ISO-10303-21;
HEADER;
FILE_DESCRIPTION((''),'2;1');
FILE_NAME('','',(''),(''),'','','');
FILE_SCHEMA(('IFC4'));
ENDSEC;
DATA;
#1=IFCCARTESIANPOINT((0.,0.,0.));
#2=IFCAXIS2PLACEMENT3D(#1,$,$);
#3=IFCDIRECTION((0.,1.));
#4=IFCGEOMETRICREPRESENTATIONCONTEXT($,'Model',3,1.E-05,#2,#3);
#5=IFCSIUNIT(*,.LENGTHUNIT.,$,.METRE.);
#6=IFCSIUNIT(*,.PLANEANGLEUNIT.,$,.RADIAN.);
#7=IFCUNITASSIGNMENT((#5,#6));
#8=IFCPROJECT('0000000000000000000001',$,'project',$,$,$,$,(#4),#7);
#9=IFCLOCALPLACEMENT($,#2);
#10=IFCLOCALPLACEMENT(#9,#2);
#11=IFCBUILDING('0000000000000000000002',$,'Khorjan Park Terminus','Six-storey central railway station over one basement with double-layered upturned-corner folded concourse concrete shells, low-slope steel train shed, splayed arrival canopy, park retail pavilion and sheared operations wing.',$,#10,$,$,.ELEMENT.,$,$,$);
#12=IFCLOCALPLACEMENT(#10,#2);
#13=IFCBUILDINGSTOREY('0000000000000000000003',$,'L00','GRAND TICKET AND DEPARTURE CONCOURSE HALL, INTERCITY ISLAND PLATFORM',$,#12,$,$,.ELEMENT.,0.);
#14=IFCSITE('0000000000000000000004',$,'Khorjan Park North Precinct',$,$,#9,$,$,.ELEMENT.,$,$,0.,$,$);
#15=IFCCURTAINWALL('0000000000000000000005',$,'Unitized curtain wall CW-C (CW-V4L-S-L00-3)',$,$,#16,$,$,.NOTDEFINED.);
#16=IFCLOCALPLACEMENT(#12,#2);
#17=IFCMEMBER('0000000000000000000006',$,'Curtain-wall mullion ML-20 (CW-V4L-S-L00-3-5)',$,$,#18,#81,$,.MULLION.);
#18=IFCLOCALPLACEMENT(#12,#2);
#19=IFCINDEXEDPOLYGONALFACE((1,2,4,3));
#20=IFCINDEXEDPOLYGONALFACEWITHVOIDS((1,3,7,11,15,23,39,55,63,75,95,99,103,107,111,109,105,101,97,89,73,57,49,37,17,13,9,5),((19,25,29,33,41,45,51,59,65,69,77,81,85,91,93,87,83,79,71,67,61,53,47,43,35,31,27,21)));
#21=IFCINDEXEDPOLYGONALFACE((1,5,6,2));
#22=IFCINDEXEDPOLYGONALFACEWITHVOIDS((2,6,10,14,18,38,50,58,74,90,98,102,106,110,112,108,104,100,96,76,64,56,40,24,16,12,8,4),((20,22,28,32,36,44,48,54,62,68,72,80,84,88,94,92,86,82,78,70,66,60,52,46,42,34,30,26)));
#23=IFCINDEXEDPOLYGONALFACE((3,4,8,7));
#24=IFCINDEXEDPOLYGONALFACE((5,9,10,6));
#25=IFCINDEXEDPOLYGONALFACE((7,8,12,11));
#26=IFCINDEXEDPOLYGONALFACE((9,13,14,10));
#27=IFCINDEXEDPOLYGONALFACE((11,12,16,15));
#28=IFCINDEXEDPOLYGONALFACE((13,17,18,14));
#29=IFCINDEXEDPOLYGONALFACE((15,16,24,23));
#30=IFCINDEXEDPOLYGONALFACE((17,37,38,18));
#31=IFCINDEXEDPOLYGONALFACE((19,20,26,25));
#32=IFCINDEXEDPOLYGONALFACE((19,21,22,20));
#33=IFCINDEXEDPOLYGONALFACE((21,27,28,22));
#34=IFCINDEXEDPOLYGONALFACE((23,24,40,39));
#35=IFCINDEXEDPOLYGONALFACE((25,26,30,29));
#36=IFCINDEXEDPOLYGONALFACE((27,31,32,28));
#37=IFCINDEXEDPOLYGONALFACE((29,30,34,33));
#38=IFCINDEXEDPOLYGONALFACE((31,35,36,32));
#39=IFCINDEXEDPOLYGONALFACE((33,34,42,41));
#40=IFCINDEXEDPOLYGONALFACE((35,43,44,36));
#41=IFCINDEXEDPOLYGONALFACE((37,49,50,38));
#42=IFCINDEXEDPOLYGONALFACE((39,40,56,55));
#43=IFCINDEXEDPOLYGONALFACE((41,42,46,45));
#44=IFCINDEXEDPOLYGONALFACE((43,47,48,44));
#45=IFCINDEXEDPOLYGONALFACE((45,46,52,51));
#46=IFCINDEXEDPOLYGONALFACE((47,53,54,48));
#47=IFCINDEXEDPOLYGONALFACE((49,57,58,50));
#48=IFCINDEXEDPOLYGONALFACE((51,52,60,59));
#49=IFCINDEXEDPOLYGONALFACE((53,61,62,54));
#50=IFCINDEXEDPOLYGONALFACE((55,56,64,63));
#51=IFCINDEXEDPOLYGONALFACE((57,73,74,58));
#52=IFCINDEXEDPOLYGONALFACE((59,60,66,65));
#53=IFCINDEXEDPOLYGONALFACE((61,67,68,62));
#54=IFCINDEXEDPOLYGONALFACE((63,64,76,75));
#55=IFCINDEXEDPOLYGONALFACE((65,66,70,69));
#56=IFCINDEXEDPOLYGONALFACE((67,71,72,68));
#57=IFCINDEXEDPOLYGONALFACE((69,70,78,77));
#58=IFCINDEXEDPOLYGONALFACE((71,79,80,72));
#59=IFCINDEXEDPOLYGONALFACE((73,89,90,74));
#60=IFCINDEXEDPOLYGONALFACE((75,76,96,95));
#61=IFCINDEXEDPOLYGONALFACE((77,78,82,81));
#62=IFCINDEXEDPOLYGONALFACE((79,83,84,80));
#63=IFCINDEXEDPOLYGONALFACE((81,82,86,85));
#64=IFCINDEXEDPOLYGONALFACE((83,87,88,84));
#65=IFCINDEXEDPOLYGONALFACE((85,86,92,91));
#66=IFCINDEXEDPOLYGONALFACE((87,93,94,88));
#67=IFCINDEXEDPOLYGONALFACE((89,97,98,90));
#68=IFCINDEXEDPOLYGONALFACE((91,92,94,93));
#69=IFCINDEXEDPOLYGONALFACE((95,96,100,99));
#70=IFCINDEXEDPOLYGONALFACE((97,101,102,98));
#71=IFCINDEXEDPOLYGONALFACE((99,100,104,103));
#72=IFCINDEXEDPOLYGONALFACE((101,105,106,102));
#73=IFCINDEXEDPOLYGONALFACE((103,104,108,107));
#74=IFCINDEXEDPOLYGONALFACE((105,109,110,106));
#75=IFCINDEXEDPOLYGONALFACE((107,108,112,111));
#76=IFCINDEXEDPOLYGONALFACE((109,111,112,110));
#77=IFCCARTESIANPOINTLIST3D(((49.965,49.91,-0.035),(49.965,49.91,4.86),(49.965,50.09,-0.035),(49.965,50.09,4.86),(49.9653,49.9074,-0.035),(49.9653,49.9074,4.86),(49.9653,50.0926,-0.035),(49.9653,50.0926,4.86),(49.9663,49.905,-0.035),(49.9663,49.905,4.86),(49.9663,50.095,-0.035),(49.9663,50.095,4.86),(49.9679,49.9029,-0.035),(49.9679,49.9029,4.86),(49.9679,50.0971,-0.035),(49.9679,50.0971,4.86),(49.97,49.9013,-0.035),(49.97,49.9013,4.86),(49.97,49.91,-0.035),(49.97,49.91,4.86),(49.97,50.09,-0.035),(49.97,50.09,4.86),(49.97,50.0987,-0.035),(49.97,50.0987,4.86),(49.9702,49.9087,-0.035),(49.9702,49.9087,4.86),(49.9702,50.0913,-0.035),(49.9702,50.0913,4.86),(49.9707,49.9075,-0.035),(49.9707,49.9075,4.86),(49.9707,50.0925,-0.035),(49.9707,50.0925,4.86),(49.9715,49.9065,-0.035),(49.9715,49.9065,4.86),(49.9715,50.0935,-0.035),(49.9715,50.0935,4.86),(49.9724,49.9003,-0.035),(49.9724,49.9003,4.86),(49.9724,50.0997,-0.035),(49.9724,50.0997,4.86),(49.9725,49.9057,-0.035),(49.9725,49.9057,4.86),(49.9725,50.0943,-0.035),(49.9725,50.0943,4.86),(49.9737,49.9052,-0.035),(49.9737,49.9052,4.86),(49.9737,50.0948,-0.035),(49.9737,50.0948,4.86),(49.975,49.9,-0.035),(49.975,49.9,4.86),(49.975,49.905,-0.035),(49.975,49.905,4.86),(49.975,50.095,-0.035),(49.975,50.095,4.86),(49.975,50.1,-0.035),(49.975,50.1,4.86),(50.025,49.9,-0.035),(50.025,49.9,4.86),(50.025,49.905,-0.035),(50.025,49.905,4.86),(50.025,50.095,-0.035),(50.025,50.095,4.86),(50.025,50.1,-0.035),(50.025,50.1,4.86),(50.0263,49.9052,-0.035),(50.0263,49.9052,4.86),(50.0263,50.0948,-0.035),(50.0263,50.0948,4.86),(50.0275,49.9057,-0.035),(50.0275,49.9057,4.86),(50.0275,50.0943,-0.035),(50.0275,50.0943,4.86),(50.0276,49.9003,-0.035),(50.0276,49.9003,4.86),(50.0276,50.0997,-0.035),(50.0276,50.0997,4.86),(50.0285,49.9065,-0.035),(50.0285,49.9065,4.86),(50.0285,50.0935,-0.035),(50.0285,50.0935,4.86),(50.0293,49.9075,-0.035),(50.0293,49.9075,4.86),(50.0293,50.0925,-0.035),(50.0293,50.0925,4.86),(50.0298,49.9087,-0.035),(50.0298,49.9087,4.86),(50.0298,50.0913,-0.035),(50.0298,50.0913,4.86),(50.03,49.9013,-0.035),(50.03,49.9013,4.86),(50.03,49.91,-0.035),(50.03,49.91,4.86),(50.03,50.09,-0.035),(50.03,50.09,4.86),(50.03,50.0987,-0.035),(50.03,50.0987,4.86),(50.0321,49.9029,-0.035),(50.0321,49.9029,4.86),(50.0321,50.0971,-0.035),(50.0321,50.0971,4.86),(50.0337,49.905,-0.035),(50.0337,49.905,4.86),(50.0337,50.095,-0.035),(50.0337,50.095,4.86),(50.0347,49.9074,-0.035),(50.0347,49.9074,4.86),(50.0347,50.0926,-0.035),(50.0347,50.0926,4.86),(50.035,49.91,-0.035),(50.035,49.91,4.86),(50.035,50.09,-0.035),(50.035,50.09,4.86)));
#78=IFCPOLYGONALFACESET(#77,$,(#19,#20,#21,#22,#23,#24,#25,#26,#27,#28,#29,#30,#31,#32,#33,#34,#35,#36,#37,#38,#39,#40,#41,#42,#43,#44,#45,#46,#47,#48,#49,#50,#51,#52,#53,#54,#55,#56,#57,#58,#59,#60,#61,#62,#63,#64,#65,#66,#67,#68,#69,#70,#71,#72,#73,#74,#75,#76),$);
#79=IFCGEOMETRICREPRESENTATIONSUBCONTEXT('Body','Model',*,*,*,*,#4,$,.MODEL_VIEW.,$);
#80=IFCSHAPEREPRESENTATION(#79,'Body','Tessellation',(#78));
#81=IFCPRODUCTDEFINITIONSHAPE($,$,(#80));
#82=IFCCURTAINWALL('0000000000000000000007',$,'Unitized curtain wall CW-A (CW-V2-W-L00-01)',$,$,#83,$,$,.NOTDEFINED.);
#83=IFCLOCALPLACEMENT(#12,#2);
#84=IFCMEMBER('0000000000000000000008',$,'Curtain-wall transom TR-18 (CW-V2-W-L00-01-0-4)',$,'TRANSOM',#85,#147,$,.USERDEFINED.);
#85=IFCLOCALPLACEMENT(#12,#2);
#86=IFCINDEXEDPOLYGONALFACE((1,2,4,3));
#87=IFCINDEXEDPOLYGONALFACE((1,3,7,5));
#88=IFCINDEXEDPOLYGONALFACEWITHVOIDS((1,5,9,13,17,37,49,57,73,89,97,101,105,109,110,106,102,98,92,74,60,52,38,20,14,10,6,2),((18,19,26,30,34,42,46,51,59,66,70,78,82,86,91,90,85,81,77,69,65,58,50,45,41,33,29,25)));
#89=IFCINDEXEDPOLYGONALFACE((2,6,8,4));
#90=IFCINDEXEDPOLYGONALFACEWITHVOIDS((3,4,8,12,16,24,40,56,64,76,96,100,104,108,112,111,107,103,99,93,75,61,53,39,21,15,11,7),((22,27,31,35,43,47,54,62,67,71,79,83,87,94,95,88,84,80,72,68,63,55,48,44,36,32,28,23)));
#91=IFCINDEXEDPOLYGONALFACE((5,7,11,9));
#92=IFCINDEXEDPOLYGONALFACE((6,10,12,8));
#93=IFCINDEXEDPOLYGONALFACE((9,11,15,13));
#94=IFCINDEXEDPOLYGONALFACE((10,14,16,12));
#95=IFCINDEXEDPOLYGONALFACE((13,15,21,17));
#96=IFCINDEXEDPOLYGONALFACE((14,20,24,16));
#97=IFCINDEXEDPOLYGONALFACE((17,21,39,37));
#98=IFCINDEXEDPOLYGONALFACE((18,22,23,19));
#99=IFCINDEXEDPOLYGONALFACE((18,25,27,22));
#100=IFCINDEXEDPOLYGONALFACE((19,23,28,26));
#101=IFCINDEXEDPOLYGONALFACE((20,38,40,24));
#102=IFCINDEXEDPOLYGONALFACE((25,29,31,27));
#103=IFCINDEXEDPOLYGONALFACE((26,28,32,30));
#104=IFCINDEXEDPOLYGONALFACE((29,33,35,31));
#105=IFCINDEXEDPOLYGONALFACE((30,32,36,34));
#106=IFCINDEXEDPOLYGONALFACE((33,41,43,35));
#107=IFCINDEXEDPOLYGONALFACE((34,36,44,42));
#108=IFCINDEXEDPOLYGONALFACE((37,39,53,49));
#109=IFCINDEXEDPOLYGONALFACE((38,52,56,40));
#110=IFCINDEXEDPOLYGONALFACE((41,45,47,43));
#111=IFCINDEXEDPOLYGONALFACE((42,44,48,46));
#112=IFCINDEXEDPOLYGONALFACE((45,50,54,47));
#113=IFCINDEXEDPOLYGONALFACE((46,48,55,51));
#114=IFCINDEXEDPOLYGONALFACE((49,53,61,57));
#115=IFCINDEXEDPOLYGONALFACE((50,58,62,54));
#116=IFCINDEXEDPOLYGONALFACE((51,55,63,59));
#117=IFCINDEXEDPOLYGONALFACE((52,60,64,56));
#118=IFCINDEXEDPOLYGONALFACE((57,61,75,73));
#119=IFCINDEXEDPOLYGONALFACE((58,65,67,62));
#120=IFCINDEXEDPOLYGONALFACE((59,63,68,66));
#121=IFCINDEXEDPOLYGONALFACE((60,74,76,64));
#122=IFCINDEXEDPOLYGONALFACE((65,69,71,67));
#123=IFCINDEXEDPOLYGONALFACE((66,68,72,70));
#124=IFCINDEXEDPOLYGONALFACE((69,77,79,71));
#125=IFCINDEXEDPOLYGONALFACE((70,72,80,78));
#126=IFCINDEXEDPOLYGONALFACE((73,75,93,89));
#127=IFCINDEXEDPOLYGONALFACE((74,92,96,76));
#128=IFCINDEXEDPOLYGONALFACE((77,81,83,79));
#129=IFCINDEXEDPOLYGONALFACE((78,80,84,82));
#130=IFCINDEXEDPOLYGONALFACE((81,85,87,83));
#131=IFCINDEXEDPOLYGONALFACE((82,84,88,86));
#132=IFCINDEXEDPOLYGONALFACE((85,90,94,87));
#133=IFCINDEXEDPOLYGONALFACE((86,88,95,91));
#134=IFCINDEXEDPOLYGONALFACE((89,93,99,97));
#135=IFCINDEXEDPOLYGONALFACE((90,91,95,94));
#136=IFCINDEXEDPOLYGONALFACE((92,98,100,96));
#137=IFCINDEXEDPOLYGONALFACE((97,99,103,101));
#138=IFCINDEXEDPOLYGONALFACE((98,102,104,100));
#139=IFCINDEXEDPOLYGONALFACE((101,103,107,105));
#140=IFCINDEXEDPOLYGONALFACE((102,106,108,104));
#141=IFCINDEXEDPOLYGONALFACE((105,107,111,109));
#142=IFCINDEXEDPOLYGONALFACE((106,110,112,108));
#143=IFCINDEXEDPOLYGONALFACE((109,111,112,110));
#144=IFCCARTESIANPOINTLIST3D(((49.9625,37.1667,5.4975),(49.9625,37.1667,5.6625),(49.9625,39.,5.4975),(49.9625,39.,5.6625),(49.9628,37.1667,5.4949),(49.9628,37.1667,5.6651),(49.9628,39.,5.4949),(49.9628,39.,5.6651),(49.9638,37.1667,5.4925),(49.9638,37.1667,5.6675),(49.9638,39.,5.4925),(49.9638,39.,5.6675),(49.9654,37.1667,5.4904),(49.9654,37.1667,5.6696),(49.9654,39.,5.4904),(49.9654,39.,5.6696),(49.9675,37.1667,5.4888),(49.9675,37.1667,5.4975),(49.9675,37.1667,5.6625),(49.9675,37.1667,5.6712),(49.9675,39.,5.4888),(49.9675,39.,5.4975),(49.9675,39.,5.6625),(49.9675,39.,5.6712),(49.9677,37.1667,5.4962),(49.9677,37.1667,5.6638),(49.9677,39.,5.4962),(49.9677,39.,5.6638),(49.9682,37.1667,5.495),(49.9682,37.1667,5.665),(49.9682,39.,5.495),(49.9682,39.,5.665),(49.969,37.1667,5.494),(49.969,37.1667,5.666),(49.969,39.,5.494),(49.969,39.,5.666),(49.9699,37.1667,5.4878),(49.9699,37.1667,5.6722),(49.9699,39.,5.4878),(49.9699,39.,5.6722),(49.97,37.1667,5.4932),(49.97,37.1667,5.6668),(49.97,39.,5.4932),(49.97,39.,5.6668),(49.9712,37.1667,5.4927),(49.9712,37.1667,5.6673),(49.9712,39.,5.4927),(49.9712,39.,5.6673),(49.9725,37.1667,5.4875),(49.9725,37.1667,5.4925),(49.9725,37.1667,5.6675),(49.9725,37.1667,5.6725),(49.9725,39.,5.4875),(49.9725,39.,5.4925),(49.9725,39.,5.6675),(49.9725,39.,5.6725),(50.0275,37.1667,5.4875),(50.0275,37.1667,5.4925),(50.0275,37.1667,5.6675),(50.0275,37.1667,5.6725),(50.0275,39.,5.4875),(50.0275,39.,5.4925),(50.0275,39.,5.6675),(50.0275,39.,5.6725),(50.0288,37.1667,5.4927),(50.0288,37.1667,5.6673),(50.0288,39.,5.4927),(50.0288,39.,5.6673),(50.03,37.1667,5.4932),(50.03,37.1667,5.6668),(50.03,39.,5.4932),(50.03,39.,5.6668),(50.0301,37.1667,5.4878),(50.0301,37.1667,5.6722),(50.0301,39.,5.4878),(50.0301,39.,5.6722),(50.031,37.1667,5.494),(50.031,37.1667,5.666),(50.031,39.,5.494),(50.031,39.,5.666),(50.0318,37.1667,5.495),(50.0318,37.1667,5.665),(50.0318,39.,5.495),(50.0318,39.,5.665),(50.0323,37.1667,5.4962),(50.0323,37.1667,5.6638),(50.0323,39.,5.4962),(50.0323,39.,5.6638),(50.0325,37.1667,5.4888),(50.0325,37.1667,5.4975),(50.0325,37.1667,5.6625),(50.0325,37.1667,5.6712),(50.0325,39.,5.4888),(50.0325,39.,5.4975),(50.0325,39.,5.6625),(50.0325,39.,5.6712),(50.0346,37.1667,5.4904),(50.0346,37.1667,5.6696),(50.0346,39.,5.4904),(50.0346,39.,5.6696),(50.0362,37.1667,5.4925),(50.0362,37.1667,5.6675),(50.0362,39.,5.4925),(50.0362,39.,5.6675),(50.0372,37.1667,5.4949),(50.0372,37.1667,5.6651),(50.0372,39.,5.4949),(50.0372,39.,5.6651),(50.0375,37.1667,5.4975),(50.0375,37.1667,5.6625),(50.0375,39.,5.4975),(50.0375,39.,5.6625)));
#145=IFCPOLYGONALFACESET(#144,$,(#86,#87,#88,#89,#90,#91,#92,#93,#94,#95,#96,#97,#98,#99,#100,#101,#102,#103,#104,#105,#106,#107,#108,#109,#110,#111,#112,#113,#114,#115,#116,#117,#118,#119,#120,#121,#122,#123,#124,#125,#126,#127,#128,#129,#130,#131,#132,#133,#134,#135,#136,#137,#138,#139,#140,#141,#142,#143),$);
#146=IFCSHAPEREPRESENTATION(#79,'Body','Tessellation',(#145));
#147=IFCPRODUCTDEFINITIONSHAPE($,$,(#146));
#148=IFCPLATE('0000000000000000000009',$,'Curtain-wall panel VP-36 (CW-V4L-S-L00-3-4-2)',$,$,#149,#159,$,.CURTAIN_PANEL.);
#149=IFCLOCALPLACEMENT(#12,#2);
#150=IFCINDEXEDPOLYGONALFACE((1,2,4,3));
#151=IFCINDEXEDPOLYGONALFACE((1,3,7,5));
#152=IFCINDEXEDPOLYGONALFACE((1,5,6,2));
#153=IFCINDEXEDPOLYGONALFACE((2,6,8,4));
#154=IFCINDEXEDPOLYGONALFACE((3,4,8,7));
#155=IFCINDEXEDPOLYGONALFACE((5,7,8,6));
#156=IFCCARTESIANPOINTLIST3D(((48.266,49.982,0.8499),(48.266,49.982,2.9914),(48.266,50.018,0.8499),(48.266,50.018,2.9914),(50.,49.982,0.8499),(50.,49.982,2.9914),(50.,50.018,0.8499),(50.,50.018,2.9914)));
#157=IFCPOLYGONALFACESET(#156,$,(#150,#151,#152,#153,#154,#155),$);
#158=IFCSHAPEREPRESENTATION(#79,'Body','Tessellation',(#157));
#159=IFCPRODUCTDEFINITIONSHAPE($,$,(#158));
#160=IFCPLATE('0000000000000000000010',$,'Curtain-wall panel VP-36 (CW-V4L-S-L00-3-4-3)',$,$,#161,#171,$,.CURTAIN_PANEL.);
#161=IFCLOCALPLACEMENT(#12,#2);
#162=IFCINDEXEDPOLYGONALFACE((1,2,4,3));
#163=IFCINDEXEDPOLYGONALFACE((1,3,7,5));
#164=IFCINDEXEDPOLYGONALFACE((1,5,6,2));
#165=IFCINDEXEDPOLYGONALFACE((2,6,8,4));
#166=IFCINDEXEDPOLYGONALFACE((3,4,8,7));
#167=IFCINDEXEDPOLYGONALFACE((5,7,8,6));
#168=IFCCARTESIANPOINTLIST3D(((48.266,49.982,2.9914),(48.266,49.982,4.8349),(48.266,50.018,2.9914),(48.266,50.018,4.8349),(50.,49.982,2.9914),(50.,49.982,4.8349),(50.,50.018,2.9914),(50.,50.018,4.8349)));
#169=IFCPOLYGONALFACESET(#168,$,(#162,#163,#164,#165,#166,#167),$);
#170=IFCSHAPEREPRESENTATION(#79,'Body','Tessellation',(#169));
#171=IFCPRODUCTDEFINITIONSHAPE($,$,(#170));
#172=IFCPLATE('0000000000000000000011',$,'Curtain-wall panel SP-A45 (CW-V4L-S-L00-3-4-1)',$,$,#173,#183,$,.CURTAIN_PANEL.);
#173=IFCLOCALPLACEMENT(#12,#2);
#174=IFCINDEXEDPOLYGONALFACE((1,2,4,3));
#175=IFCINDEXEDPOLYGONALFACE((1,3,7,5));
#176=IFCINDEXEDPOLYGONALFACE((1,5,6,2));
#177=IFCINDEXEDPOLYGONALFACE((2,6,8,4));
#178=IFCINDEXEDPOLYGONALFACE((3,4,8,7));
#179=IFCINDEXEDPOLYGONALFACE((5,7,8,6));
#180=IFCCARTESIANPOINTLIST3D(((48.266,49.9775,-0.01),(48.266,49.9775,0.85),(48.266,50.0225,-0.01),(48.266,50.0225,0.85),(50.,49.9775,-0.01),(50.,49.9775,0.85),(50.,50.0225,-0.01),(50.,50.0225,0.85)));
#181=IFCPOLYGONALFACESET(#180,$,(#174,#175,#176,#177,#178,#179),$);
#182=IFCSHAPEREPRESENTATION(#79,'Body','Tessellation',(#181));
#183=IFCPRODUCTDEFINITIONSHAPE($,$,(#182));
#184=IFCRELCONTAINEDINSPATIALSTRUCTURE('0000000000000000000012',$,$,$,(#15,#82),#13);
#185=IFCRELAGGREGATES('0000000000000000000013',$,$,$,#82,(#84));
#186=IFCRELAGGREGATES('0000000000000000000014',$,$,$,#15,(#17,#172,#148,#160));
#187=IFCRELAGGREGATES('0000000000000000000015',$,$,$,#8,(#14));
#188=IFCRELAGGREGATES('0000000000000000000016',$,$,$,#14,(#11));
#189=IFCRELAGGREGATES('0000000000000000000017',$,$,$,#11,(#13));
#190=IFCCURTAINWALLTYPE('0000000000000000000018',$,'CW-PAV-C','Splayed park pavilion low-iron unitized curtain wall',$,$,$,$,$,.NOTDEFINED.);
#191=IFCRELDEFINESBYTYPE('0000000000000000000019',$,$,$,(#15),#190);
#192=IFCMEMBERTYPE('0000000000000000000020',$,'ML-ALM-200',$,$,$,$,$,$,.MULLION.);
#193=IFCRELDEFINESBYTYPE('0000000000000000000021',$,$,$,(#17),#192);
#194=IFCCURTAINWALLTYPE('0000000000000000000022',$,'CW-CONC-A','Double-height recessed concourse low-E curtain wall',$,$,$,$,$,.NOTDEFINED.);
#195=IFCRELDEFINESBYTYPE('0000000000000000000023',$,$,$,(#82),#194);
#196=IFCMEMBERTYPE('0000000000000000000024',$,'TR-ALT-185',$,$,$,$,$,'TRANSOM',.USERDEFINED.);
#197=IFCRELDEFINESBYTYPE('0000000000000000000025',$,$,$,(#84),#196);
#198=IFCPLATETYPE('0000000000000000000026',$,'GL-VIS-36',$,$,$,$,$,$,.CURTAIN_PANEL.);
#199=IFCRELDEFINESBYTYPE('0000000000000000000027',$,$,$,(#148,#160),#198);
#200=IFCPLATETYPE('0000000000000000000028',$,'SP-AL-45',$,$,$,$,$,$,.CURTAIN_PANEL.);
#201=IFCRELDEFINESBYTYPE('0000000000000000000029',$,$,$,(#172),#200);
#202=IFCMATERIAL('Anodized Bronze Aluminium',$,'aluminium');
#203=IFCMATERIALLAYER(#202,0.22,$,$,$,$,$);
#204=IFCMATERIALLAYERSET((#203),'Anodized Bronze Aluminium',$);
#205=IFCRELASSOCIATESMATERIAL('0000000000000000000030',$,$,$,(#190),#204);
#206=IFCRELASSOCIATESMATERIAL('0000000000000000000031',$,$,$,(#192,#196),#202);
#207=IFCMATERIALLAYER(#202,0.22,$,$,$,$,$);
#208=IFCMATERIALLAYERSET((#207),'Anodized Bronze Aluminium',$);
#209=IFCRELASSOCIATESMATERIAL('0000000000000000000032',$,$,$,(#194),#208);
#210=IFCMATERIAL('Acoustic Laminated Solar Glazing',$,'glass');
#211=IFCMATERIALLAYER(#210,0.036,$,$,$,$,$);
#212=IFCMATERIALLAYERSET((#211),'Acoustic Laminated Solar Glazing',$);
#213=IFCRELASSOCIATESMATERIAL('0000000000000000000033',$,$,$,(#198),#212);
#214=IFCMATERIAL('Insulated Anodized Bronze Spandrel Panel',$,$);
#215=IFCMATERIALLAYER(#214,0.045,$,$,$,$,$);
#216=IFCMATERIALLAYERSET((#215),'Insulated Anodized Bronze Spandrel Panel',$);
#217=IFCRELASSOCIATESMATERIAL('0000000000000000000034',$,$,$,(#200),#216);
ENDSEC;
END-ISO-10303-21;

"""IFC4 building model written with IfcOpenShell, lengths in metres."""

from ifc_helpers import new_model, si_unit, direction, frame, origin, origin_2d, place, context, subcontext, project, spatial, rectangle, hollow_rectangle, extrude, material, layer, layer_set, material_profile, profile_set, type_object, element, aggregate, save


model = new_model("IFC4")

# Units and contexts
model_context = context("Model", 3, precision=1e-05, world=origin(), true_north=direction((0.0, 1.0)))
body_context = subcontext(model_context, "Body", "Model", "MODEL_VIEW")
ifc_project = project(units=[si_unit("LENGTHUNIT", "METRE"), si_unit("PLANEANGLEUNIT", "RADIAN")], contexts=[model_context])

# Site, building, storey
site_placement = place(None, origin())
site = spatial("IfcSite", under=ifc_project, at=site_placement, Name="Khorjan Park North Precinct", CompositionType="ELEMENT", RefElevation=0.0)
building_placement = place(site_placement, origin())
building = spatial("IfcBuilding", under=site, at=building_placement, Name="Khorjan Park Terminus", Description="Six-storey central railway station over one basement with double-layered upturned-corner folded concourse concrete shells, low-slope steel train shed, splayed arrival canopy, park retail pavilion and sheared operations wing.", CompositionType="ELEMENT")
storey_placement = place(building_placement, origin())
storey = spatial("IfcBuildingStorey", under=building, at=storey_placement, Name="L00", Description="GRAND TICKET AND DEPARTURE CONCOURSE HALL, INTERCITY ISLAND PLATFORM", CompositionType="ELEMENT", Elevation=0.0)

# Curtain walls, members
ifc_material_1 = material(Name="Anodized Bronze Aluminium", Category="aluminium")
ifc_layer_1 = layer(ifc_material_1, 0.22)
ifc_layer_set_1 = layer_set([ifc_layer_1], Name="Anodized Bronze Aluminium")
curtain_wall_type_1 = type_object("IfcCurtainWallType", Name="CW-PAV-C", Description="Splayed park pavilion low-iron unitized curtain wall", PredefinedType="NOTDEFINED", material=ifc_layer_set_1)
curtain_wall_1_placement = place(storey_placement, origin())
curtain_wall_1 = element("IfcCurtainWall", 1, at=curtain_wall_1_placement, inside=storey, type_object=curtain_wall_type_1, Name="Unitized curtain wall CW-C (CW-V4L-S-L00-3)", PredefinedType="NOTDEFINED")
ifc_material_profile_1 = material_profile(ifc_material_1, hollow_rectangle(XDim=0.07, YDim=0.2, WallThickness=0.005, InnerFilletRadius=0.005, OuterFilletRadius=0.01, at=origin_2d()), Name="ALM 70x200x5")
ifc_profile_set_1 = profile_set([ifc_material_profile_1], Name="Anodized Bronze Aluminium")
member_type_1 = type_object("IfcMemberType", Name="ML-ALM-200", PredefinedType="MULLION", material=ifc_profile_set_1)
member_1_placement = place(storey_placement, frame((50.0, 50.0, -0.035), z_axis=(0.0, 0.0, 1.0), x_axis=(1.0, 0.0, 0.0)))
member_1 = element("IfcMember", 2, at=member_1_placement, type_object=member_type_1, Name="Curtain-wall mullion ML-20 (CW-V4L-S-L00-3-5)", PredefinedType="MULLION", context=body_context, shape_type="SweptSolid", body=[
    extrude(hollow_rectangle(XDim=0.07, YDim=0.2, WallThickness=0.005, InnerFilletRadius=0.005, OuterFilletRadius=0.01, at=origin_2d()), origin(), (0.0, 0.0, 1.0), 4.895),
])
ifc_layer_2 = layer(ifc_material_1, 0.22)
ifc_layer_set_2 = layer_set([ifc_layer_2], Name="Anodized Bronze Aluminium")
curtain_wall_type_2 = type_object("IfcCurtainWallType", Name="CW-CONC-A", Description="Double-height recessed concourse low-E curtain wall", PredefinedType="NOTDEFINED", material=ifc_layer_set_2)
curtain_wall_2_placement = place(storey_placement, origin())
curtain_wall_2 = element("IfcCurtainWall", 3, at=curtain_wall_2_placement, inside=storey, type_object=curtain_wall_type_2, Name="Unitized curtain wall CW-A (CW-V2-W-L00-01)", PredefinedType="NOTDEFINED")
ifc_material_profile_2 = material_profile(ifc_material_1, hollow_rectangle(XDim=0.075, YDim=0.185, WallThickness=0.005, InnerFilletRadius=0.005, OuterFilletRadius=0.01, at=origin_2d()), Name="ALT 75x185x5")
ifc_profile_set_2 = profile_set([ifc_material_profile_2], Name="Anodized Bronze Aluminium")
member_type_2 = type_object("IfcMemberType", Name="TR-ALT-185", ElementType="TRANSOM", PredefinedType="USERDEFINED", material=ifc_profile_set_2)
member_2_placement = place(storey_placement, frame((50.0, 39.0, 5.58), z_axis=(0.0, -1.0, 0.0), x_axis=(1.0, 0.0, 0.0)))
member_2 = element("IfcMember", 4, at=member_2_placement, type_object=member_type_2, Name="Curtain-wall transom TR-18 (CW-V2-W-L00-01-0-4)", ObjectType="TRANSOM", PredefinedType="USERDEFINED", context=body_context, shape_type="SweptSolid", body=[
    extrude(hollow_rectangle(XDim=0.075, YDim=0.185, WallThickness=0.005, InnerFilletRadius=0.005, OuterFilletRadius=0.01, at=origin_2d()), origin(), (0.0, 0.0, 1.0), 1.8333),
])
aggregate(curtain_wall_2, [member_2])

# Plates
ifc_material_2 = material(Name="Acoustic Laminated Solar Glazing", Category="glass")
ifc_layer_3 = layer(ifc_material_2, 0.036)
ifc_layer_set_3 = layer_set([ifc_layer_3], Name="Acoustic Laminated Solar Glazing")
plate_type_1 = type_object("IfcPlateType", Name="GL-VIS-36", PredefinedType="CURTAIN_PANEL", material=ifc_layer_set_3)
plate_1_placement = place(storey_placement, frame((49.133, 50.0, 0.8499), z_axis=(0.0, 0.0, 1.0), x_axis=(1.0, 0.0, 0.0)))
plate_1 = element("IfcPlate", 5, at=plate_1_placement, type_object=plate_type_1, Name="Curtain-wall panel VP-36 (CW-V4L-S-L00-3-4-2)", PredefinedType="CURTAIN_PANEL", context=body_context, shape_type="SweptSolid", body=[
    extrude(rectangle(XDim=1.734, YDim=0.036, at=origin_2d()), origin(), (0.0, 0.0, 1.0), 2.1415),
])
plate_2_placement = place(storey_placement, frame((49.133, 50.0, 2.9914), z_axis=(0.0, 0.0, 1.0), x_axis=(1.0, 0.0, 0.0)))
plate_2 = element("IfcPlate", 6, at=plate_2_placement, type_object=plate_type_1, Name="Curtain-wall panel VP-36 (CW-V4L-S-L00-3-4-3)", PredefinedType="CURTAIN_PANEL", context=body_context, shape_type="SweptSolid", body=[
    extrude(rectangle(XDim=1.734, YDim=0.036, at=origin_2d()), origin(), (0.0, 0.0, 1.0), 1.8435),
])
ifc_material_3 = material(Name="Insulated Anodized Bronze Spandrel Panel")
ifc_layer_4 = layer(ifc_material_3, 0.045)
ifc_layer_set_4 = layer_set([ifc_layer_4], Name="Insulated Anodized Bronze Spandrel Panel")
plate_type_2 = type_object("IfcPlateType", Name="SP-AL-45", PredefinedType="CURTAIN_PANEL", material=ifc_layer_set_4)
plate_3_placement = place(storey_placement, frame((49.133, 50.0, -0.01), z_axis=(0.0, 0.0, 1.0), x_axis=(1.0, 0.0, 0.0)))
plate_3 = element("IfcPlate", 7, at=plate_3_placement, type_object=plate_type_2, Name="Curtain-wall panel SP-A45 (CW-V4L-S-L00-3-4-1)", PredefinedType="CURTAIN_PANEL", context=body_context, shape_type="SweptSolid", body=[
    extrude(rectangle(XDim=1.734, YDim=0.045, at=origin_2d()), origin(), (0.0, 0.0, 1.0), 0.86),
])
aggregate(curtain_wall_1, [member_1, plate_3, plate_1, plate_2])

save(model, "model.ifc")
